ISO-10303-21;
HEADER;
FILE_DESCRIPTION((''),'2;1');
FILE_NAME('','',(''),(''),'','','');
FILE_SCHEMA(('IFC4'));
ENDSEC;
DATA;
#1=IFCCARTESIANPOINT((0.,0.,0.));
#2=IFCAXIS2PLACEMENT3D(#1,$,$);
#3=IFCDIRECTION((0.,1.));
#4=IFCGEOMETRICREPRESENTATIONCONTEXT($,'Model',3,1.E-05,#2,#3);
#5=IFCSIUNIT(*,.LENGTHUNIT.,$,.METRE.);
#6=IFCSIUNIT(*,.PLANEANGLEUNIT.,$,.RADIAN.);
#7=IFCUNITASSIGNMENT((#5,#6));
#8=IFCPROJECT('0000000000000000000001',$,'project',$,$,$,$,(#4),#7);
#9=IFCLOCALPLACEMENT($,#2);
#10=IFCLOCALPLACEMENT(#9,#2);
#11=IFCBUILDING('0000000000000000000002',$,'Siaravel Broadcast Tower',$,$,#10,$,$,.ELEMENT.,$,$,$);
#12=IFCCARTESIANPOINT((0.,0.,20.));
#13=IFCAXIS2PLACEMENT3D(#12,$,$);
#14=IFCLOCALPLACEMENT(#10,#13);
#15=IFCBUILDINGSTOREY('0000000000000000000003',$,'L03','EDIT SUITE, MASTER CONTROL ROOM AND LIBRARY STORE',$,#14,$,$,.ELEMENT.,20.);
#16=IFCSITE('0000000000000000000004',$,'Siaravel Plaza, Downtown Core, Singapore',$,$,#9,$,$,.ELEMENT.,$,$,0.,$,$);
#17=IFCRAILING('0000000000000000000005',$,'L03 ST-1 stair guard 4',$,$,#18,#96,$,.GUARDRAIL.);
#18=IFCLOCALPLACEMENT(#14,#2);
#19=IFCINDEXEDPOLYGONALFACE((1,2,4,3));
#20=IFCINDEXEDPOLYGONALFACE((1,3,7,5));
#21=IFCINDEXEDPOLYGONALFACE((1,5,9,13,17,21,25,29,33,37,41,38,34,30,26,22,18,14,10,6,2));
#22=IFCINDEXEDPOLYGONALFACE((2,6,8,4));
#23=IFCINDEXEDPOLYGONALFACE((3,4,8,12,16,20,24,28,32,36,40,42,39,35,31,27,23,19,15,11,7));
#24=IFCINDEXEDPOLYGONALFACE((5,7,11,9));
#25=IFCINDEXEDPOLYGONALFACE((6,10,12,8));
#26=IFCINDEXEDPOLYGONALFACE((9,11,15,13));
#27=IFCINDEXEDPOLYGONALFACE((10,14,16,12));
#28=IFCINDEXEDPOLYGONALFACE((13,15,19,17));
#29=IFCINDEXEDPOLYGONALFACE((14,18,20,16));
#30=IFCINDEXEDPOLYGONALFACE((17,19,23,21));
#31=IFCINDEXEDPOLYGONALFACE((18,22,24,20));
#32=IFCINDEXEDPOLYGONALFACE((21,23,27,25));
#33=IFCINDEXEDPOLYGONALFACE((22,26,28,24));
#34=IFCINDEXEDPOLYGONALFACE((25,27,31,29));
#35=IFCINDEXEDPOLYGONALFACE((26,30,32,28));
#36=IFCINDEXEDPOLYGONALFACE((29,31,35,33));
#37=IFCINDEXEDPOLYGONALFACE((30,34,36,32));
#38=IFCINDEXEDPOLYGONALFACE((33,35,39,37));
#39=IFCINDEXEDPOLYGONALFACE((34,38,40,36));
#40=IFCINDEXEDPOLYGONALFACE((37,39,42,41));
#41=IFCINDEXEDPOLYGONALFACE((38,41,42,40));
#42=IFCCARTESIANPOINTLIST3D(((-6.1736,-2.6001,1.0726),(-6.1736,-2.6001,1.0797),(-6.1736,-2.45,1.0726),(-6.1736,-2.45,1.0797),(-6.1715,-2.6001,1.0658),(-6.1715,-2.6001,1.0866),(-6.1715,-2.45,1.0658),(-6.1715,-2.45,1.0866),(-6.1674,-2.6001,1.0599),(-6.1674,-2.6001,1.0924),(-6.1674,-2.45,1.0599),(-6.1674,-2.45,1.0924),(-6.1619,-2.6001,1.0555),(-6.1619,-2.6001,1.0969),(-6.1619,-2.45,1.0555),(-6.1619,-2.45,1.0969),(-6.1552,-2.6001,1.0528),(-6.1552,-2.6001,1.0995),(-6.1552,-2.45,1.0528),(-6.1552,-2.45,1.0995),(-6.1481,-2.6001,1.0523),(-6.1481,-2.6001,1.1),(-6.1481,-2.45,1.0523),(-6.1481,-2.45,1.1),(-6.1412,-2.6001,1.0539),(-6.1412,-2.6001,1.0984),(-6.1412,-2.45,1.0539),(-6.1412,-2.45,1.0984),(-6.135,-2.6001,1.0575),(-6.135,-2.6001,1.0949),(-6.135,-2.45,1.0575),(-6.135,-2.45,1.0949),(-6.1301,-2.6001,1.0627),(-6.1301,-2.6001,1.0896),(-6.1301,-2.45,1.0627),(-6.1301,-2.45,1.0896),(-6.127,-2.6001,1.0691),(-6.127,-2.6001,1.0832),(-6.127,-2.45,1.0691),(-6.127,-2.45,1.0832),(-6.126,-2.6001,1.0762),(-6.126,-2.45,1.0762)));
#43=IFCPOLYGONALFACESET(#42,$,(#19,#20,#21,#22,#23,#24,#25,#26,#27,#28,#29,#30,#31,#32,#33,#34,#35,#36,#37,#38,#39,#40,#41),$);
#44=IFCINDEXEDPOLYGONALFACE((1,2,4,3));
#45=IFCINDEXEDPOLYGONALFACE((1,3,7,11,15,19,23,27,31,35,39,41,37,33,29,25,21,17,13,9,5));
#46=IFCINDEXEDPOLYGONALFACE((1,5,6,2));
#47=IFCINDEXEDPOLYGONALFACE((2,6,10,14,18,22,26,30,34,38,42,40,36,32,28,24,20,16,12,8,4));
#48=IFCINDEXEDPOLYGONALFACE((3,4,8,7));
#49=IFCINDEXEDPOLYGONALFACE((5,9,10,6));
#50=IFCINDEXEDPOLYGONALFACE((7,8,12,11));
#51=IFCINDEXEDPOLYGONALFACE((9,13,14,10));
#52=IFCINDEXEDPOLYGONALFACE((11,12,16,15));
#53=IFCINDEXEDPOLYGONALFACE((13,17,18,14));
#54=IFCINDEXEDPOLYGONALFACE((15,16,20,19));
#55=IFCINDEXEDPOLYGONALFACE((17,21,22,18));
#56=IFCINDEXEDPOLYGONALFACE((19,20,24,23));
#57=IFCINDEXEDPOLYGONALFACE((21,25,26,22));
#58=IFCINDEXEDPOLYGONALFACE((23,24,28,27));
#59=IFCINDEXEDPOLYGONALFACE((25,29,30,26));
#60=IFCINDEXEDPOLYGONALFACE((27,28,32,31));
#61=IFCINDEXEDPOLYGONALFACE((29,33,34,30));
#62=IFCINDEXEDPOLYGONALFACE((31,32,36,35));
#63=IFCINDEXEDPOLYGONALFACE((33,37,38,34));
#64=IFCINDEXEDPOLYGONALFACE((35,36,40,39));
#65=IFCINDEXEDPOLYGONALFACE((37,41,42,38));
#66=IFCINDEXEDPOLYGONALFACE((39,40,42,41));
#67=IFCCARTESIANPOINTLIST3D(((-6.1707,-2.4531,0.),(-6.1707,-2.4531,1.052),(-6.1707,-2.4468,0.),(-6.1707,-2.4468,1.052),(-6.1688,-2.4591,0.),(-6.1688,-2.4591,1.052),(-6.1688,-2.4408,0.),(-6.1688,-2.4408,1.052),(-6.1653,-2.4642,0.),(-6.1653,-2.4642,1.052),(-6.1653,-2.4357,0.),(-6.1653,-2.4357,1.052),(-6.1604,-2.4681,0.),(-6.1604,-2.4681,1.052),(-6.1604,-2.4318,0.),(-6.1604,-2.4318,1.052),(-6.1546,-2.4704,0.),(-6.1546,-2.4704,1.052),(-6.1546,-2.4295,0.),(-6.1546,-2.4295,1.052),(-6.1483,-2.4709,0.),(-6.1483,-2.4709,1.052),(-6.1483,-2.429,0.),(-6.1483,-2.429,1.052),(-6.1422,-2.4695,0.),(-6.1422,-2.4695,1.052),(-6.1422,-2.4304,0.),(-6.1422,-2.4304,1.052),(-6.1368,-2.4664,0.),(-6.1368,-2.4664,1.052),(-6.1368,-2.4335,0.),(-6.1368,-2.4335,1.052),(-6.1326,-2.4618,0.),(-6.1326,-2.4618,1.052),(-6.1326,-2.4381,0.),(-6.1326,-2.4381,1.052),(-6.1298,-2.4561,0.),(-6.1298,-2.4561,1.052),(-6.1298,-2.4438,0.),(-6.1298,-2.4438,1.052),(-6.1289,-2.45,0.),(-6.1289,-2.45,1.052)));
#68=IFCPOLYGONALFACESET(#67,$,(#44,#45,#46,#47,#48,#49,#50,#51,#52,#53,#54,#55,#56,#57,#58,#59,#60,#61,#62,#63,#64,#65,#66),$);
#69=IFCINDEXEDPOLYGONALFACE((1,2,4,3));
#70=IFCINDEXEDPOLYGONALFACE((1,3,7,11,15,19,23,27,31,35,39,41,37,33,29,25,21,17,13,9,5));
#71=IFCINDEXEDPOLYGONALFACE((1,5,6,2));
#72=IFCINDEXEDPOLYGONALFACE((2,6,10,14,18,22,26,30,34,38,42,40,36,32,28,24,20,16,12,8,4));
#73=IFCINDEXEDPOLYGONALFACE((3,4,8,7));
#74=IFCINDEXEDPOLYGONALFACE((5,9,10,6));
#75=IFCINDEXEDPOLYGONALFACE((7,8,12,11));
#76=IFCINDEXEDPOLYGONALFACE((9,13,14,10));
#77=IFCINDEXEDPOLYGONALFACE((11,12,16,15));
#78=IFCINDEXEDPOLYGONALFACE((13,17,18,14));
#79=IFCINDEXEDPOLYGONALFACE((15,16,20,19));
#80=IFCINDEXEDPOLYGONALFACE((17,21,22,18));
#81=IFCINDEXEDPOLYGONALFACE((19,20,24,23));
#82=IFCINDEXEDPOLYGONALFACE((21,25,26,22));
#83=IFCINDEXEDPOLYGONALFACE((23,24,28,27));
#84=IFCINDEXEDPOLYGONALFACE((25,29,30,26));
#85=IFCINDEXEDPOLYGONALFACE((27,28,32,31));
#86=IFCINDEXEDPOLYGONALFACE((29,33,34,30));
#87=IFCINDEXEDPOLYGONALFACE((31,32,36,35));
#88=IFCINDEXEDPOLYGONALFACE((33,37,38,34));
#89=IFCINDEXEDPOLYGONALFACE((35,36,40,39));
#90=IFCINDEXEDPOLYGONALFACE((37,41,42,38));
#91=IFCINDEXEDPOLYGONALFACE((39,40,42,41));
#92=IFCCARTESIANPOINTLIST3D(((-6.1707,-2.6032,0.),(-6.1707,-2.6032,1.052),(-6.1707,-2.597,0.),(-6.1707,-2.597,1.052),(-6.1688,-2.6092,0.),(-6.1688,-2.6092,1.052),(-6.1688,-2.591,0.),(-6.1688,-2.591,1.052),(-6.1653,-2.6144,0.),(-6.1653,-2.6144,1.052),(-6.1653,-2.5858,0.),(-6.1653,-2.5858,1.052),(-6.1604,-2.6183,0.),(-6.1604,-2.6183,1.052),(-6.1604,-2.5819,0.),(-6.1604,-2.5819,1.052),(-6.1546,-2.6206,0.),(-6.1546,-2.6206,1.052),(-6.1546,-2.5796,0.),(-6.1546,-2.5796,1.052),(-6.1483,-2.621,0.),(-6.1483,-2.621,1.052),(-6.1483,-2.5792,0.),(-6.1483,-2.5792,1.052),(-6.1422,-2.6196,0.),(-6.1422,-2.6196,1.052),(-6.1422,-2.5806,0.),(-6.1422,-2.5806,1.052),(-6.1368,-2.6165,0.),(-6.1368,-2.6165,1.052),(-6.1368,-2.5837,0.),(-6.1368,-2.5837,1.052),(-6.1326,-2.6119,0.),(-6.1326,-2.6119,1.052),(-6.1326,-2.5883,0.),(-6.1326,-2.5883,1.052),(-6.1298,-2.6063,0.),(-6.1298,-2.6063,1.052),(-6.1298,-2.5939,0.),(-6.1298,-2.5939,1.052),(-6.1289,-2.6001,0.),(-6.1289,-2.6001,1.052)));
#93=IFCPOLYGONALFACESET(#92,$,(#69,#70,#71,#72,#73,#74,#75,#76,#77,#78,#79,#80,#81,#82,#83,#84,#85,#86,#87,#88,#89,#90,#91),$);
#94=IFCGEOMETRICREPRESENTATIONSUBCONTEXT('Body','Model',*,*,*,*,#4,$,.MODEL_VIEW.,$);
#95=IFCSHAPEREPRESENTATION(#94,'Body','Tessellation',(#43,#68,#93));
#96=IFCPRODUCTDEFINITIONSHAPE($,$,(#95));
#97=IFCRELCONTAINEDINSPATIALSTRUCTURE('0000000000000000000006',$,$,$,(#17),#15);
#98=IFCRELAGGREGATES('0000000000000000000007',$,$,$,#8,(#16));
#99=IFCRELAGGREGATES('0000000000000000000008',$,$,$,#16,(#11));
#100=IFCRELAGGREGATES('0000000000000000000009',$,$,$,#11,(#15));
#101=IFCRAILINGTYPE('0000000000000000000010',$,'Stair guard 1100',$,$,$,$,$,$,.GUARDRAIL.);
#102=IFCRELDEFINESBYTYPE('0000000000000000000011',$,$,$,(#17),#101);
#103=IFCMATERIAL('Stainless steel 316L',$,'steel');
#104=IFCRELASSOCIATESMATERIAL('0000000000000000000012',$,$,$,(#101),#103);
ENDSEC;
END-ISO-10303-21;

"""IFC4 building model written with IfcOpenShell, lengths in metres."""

from ifc_helpers import new_model, si_unit, direction, frame, origin, origin_2d, place, context, subcontext, project, spatial, circle, extrude, material, type_object, element, save


model = new_model("IFC4")

# Units and contexts
model_context = context("Model", 3, precision=1e-05, world=origin(), true_north=direction((0.0, 1.0)))
body_context = subcontext(model_context, "Body", "Model", "MODEL_VIEW")
ifc_project = project(units=[si_unit("LENGTHUNIT", "METRE"), si_unit("PLANEANGLEUNIT", "RADIAN")], contexts=[model_context])

# Site, building, storey
site_placement = place(None, origin())
site = spatial("IfcSite", under=ifc_project, at=site_placement, Name="Siaravel Plaza, Downtown Core, Singapore", CompositionType="ELEMENT", RefElevation=0.0)
building_placement = place(site_placement, origin())
building = spatial("IfcBuilding", under=site, at=building_placement, Name="Siaravel Broadcast Tower", CompositionType="ELEMENT")
storey_placement = place(building_placement, frame((0.0, 0.0, 20.0)))
storey = spatial("IfcBuildingStorey", under=building, at=storey_placement, Name="L03", Description="EDIT SUITE, MASTER CONTROL ROOM AND LIBRARY STORE", CompositionType="ELEMENT", Elevation=20.0)

# Railing
ifc_material_1 = material(Name="Stainless steel 316L", Category="steel")
railing_type = type_object("IfcRailingType", Name="Stair guard 1100", PredefinedType="GUARDRAIL", material=ifc_material_1)
railing_1_placement = place(storey_placement, frame((-6.1499, -2.45, 0.0)))
element("IfcRailing", 1, at=railing_1_placement, inside=storey, type_object=railing_type, Name="L03 ST-1 stair guard 4", PredefinedType="GUARDRAIL", context=body_context, shape_type="SweptSolid", body=[
    extrude(circle(Radius=0.0239, at=origin_2d()), frame((0.0, 0.0, 1.0762), z_axis=(0.0, -1.0, 0.0), x_axis=(1.0, 0.0, 0.0)), (0.0, 0.0, 1.0), 0.1501),
    extrude(circle(Radius=0.021, at=origin_2d()), origin(), (0.0, 0.0, 1.0), 1.052),
    extrude(circle(Radius=0.021, at=origin_2d()), frame((0.0, -0.1501, 0.0)), (0.0, 0.0, 1.0), 1.052),
])

save(model, "model.ifc")
